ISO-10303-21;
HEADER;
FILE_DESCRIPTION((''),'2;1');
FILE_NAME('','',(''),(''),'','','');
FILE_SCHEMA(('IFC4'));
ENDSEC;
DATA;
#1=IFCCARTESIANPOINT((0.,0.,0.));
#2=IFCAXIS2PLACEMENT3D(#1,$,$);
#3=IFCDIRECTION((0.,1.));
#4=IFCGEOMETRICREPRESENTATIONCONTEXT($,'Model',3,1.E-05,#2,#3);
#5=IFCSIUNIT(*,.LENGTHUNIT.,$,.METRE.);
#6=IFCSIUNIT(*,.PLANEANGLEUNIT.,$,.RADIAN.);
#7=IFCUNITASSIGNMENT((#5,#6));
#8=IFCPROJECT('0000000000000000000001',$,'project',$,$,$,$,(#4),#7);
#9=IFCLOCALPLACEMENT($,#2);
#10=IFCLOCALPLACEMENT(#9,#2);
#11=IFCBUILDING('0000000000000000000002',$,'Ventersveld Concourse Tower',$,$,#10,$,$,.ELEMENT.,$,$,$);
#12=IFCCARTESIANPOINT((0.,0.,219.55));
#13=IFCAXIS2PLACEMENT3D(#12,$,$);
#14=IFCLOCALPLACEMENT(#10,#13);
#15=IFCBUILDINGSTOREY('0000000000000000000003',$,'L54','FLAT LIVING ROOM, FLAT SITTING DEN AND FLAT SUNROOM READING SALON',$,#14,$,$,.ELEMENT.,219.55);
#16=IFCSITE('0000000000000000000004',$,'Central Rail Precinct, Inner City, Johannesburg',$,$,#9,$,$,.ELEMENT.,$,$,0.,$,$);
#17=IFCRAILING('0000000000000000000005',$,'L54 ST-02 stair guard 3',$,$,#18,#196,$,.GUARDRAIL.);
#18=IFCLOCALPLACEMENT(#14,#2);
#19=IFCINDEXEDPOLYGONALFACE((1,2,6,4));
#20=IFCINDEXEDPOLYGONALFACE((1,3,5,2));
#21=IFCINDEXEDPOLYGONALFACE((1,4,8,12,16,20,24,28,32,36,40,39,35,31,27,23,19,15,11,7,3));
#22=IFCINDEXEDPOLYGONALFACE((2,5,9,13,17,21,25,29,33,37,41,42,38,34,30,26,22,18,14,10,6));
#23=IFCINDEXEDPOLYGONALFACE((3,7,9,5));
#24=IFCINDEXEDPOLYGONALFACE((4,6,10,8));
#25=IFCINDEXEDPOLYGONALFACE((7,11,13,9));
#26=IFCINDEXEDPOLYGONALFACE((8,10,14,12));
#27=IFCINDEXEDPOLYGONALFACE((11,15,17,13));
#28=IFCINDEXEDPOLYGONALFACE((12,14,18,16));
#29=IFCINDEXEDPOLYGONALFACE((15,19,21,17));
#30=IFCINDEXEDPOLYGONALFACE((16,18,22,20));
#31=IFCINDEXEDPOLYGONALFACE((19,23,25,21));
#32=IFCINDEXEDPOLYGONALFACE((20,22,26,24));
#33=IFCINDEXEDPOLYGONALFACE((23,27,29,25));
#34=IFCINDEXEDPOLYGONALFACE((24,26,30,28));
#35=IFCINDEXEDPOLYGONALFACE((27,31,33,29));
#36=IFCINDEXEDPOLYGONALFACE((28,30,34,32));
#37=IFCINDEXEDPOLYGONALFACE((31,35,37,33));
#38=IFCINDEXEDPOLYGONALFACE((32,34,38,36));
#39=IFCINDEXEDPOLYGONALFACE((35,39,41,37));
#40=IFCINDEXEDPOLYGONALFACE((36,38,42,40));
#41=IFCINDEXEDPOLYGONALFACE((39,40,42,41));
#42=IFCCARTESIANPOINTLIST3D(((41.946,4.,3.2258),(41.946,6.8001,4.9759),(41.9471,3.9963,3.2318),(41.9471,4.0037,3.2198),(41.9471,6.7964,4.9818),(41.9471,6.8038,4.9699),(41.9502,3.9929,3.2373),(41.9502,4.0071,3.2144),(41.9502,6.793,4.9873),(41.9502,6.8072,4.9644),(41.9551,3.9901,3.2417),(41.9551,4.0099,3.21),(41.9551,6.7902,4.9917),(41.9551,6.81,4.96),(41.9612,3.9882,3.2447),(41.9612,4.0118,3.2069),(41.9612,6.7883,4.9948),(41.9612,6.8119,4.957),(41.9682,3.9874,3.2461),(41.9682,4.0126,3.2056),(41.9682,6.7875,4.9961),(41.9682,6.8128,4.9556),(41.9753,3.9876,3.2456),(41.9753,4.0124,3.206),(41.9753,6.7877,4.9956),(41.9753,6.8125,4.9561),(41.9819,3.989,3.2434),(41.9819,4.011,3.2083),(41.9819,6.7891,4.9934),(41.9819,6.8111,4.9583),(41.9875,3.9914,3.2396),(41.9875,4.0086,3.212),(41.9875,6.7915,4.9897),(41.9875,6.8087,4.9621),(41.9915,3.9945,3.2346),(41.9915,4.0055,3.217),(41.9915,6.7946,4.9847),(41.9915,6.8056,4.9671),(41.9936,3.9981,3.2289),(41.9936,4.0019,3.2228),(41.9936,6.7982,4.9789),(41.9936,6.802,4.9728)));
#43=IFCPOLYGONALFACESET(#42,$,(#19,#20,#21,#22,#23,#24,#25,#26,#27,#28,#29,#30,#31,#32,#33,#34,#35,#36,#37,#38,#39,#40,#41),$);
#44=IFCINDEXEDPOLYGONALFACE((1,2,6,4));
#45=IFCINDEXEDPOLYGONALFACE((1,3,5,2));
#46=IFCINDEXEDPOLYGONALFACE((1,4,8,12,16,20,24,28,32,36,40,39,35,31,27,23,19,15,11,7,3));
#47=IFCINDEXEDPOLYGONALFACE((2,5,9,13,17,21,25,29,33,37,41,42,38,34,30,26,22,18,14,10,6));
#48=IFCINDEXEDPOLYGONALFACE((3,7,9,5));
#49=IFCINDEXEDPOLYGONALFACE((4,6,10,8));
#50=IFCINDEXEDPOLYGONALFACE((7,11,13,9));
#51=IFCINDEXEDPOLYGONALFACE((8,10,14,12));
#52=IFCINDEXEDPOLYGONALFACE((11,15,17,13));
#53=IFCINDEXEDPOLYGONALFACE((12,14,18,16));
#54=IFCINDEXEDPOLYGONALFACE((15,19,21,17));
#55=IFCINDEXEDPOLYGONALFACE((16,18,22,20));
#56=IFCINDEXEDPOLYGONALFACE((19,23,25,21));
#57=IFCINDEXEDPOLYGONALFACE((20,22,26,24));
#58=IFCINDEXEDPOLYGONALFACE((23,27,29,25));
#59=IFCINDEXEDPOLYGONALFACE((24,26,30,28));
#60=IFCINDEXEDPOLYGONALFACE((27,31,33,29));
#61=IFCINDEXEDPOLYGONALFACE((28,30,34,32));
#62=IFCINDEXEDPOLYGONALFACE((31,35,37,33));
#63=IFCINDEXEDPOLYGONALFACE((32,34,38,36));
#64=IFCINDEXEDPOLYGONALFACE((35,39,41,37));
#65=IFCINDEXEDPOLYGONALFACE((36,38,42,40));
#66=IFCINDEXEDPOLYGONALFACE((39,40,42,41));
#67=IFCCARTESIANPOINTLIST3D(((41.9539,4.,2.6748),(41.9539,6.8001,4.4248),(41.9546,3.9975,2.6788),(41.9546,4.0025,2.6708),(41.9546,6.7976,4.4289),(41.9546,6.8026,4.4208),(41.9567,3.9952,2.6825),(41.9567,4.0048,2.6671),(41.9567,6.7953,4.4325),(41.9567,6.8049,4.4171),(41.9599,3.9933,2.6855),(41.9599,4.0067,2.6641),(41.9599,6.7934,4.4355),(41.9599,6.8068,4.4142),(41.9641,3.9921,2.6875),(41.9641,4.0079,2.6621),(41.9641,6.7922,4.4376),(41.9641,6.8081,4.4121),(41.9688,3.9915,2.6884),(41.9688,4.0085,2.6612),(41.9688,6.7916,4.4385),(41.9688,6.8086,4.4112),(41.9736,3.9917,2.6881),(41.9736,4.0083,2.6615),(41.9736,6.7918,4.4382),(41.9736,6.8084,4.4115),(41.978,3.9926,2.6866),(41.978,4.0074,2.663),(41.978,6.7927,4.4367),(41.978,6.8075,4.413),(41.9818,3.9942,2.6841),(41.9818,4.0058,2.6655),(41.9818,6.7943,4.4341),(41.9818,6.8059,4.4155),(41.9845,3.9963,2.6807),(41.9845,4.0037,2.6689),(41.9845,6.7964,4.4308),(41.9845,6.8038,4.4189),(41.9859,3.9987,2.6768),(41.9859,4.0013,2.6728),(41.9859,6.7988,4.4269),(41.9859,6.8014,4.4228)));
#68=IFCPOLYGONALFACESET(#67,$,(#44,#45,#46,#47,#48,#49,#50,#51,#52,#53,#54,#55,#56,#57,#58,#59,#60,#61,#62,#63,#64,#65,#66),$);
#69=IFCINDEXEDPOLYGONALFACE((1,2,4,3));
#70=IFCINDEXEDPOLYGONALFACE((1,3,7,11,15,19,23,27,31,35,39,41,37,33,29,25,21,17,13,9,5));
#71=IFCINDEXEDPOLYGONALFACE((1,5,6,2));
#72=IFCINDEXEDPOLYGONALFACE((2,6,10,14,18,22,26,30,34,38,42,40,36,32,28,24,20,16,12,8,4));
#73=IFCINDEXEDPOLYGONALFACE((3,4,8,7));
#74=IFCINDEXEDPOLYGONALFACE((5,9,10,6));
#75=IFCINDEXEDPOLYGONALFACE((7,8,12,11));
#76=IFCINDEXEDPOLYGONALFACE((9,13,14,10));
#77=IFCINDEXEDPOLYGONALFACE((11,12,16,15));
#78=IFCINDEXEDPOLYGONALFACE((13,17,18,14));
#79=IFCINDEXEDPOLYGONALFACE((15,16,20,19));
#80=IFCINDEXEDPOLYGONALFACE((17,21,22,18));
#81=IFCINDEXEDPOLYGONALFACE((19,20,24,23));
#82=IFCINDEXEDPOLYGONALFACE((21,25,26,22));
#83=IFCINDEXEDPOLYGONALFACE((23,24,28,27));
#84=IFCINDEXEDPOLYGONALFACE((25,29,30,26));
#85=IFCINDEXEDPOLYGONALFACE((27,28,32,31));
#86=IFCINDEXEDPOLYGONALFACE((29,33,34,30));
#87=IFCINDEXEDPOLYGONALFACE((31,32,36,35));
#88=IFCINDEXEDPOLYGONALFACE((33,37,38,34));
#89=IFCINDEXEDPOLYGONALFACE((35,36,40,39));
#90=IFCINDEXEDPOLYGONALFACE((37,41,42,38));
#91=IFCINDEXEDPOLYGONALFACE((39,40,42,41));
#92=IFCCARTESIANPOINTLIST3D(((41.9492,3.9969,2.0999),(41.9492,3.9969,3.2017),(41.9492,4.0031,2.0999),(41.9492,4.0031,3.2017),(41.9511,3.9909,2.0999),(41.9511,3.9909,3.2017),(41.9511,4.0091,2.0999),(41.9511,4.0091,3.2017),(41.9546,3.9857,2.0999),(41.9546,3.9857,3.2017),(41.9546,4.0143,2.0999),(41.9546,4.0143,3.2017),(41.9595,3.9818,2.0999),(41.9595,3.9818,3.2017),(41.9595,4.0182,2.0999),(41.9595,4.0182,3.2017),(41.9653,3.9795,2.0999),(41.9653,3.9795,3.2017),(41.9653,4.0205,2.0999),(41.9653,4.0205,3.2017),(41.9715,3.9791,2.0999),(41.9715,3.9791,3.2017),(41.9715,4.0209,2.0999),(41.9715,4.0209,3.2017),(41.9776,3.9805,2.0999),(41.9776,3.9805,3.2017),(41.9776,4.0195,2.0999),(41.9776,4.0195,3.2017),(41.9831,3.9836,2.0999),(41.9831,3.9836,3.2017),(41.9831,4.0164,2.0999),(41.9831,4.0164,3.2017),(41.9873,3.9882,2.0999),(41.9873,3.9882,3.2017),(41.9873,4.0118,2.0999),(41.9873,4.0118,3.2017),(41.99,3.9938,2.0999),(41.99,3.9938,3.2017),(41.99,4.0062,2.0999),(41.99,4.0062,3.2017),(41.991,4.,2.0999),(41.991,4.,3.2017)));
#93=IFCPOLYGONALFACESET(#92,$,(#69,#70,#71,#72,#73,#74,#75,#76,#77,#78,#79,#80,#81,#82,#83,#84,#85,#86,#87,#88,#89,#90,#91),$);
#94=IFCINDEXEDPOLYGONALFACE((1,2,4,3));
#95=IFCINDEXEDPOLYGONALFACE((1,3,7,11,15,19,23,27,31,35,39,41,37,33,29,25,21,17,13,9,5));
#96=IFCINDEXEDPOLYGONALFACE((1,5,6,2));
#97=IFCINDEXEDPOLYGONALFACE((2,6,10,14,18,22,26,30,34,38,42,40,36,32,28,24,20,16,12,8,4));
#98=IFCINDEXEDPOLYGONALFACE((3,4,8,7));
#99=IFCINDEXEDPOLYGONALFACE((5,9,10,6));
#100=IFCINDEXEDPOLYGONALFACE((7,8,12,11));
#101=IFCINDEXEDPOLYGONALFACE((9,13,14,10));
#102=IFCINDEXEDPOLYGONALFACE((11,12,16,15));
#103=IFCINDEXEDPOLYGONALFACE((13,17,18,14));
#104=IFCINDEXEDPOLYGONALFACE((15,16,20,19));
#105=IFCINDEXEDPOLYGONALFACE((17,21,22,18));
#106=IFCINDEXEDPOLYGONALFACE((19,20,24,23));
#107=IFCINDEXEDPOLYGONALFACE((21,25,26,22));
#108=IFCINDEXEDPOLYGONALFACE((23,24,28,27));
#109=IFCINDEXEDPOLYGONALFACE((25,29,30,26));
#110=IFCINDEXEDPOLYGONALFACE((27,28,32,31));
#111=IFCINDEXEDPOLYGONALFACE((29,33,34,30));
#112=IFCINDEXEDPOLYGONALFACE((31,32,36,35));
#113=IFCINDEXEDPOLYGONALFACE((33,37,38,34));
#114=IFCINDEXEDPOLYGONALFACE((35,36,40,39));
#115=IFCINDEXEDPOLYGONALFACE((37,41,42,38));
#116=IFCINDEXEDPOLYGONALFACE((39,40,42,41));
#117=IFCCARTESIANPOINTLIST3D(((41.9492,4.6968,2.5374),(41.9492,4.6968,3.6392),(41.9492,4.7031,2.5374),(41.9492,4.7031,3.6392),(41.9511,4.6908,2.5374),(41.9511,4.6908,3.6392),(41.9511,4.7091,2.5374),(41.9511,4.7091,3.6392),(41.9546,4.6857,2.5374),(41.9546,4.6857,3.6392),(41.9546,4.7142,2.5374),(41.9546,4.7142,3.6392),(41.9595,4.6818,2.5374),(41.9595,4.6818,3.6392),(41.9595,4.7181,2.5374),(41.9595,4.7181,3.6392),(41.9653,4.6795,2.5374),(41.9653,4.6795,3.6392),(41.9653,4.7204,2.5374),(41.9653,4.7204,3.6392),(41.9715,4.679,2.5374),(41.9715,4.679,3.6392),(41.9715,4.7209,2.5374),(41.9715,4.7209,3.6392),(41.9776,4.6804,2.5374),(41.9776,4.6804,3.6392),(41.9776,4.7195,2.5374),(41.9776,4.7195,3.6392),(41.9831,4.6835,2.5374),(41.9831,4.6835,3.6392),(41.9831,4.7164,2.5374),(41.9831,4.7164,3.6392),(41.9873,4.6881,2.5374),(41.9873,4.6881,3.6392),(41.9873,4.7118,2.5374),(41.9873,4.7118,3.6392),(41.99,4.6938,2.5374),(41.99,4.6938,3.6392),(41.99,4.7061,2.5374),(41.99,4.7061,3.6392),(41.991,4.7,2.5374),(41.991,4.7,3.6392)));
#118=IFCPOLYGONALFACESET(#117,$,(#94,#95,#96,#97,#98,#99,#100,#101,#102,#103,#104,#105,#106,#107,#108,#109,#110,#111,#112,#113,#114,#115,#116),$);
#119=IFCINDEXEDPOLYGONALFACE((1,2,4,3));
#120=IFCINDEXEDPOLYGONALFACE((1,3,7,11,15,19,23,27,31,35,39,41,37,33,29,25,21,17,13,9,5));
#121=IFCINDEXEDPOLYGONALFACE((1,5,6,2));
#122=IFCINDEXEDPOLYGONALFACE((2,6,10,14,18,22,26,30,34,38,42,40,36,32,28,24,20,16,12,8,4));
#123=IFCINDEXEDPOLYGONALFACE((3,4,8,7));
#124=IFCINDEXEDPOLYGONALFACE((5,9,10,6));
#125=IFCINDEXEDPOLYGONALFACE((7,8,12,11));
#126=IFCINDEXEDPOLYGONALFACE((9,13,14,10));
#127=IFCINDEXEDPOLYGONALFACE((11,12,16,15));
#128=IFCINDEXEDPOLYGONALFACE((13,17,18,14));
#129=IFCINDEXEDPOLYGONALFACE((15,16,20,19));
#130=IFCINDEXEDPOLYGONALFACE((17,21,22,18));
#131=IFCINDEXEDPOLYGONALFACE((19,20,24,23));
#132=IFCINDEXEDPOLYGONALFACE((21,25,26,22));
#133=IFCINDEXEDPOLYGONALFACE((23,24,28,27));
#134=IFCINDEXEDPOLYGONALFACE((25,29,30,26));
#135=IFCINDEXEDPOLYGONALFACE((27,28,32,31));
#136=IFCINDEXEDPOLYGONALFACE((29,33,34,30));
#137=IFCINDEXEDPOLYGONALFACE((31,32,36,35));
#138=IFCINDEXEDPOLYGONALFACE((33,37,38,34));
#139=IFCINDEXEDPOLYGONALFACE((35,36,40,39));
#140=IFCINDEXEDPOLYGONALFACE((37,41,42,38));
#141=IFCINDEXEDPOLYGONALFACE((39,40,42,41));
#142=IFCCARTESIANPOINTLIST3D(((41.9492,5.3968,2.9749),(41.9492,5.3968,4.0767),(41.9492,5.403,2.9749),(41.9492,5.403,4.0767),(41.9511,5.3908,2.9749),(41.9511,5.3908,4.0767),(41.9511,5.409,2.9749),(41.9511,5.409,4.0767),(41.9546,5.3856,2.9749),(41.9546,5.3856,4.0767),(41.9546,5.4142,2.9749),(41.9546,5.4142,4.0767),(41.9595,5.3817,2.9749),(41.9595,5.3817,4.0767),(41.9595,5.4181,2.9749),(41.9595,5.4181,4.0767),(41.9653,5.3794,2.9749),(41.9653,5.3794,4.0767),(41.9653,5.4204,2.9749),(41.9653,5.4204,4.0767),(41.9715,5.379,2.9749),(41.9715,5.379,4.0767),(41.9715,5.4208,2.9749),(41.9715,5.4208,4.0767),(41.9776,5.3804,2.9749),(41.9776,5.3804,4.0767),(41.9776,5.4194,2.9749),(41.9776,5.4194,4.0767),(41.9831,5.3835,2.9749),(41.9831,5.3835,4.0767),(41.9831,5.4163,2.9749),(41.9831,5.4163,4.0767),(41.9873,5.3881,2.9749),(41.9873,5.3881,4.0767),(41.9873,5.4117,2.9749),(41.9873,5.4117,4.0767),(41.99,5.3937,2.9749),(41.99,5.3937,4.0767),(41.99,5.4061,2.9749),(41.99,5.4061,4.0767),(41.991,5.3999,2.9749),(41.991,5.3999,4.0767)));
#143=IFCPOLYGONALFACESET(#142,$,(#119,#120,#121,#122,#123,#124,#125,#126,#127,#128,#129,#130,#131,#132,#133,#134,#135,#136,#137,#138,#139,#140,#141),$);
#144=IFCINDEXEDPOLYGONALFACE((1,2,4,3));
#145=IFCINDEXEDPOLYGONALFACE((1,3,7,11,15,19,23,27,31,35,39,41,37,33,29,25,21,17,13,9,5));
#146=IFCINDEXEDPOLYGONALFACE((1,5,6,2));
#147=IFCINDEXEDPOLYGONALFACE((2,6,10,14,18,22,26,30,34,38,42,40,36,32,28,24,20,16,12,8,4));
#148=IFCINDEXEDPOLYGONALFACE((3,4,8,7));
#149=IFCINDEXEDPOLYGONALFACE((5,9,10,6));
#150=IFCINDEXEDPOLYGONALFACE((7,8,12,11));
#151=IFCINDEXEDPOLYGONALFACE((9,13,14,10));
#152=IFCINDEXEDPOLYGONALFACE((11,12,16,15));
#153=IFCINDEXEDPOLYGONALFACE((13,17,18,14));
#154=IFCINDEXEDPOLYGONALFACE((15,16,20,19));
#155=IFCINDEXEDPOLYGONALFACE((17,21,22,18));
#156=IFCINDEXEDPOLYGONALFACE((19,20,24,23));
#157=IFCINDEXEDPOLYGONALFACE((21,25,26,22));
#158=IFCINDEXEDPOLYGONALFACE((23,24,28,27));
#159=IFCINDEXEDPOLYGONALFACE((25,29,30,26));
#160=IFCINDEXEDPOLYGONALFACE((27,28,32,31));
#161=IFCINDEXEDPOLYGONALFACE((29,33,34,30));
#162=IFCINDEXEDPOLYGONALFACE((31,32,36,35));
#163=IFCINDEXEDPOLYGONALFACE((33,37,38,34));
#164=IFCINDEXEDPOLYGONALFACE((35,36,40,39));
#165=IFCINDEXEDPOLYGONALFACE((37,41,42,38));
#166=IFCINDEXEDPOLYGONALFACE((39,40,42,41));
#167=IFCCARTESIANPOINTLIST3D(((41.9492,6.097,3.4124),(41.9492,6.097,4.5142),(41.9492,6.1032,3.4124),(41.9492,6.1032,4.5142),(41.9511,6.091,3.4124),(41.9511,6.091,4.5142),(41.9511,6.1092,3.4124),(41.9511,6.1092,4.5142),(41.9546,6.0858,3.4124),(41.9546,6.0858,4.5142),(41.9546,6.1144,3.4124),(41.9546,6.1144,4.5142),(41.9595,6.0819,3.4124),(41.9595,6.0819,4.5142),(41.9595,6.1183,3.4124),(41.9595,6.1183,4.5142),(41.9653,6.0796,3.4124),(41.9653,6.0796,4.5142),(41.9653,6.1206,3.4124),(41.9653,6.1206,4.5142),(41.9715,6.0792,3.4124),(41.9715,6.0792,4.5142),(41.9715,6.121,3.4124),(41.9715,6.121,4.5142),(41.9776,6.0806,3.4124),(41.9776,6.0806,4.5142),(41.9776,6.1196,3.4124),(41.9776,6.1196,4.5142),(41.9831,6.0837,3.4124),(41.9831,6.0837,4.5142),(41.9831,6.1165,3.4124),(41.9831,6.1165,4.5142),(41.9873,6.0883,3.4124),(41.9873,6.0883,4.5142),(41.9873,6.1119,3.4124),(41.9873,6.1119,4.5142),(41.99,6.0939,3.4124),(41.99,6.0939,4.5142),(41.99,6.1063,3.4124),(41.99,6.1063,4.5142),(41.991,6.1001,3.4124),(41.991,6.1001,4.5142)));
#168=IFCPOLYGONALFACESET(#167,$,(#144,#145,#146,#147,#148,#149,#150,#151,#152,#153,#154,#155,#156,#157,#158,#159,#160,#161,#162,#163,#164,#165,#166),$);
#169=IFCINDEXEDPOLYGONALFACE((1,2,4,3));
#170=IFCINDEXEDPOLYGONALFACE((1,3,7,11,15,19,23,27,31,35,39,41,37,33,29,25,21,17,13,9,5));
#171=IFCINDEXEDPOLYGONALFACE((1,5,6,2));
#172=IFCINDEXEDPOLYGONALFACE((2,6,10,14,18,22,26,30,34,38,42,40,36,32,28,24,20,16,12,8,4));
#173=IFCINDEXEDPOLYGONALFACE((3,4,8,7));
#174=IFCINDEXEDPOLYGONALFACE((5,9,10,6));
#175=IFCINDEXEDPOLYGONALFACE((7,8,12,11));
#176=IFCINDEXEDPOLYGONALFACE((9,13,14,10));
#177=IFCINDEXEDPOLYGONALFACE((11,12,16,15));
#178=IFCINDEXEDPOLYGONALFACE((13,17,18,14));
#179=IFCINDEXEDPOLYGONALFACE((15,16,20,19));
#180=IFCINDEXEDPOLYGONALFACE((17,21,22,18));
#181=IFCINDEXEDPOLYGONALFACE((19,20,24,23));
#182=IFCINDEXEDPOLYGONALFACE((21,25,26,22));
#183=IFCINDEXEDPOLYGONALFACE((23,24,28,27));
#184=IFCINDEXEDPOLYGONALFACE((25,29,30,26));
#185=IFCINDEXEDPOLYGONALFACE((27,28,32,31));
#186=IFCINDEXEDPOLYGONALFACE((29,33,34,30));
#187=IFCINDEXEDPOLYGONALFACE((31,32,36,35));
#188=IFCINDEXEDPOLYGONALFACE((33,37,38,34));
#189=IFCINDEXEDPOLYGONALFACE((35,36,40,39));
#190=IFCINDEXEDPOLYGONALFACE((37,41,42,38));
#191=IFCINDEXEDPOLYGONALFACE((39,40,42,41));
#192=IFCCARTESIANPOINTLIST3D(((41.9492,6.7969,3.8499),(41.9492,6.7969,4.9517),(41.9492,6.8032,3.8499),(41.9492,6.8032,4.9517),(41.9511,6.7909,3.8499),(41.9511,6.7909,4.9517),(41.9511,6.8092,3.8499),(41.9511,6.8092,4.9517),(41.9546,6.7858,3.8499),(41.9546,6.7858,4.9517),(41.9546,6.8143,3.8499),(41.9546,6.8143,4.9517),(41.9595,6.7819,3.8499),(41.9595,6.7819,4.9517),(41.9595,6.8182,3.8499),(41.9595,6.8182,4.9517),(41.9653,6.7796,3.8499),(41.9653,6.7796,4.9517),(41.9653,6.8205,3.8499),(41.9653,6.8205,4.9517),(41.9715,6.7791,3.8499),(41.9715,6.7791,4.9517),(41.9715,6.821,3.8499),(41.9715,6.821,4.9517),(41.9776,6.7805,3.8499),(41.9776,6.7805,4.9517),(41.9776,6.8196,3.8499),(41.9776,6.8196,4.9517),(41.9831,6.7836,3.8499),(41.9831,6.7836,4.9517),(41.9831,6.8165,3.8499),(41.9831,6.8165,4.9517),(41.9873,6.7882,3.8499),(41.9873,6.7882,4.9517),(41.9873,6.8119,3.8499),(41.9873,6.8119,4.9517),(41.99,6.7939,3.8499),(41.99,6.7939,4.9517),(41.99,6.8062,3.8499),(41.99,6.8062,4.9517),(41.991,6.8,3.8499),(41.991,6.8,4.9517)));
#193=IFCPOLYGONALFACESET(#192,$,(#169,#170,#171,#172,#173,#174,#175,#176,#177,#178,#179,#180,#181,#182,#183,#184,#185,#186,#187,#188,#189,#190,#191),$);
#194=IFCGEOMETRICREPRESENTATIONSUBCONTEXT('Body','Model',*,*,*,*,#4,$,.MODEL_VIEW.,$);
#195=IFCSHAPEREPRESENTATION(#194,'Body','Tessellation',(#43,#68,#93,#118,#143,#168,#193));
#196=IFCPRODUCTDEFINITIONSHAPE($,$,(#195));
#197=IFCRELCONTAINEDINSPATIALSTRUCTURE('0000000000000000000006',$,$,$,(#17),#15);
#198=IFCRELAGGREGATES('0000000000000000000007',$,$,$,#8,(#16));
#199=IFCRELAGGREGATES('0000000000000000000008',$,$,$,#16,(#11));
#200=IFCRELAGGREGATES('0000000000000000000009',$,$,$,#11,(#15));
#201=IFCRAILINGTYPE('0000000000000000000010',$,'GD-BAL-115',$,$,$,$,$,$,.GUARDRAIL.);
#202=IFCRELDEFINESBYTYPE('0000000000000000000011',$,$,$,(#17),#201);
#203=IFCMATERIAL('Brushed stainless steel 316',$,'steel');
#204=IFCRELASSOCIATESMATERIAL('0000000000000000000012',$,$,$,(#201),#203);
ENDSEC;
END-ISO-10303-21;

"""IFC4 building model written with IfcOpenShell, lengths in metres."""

from ifc_helpers import new_model, si_unit, direction, frame, origin, origin_2d, place, context, subcontext, project, spatial, circle, extrude, material, type_object, element, save


model = new_model("IFC4")

# Units and contexts
model_context = context("Model", 3, precision=1e-05, world=origin(), true_north=direction((0.0, 1.0)))
body_context = subcontext(model_context, "Body", "Model", "MODEL_VIEW")
ifc_project = project(units=[si_unit("LENGTHUNIT", "METRE"), si_unit("PLANEANGLEUNIT", "RADIAN")], contexts=[model_context])

# Site, building, storey
site_placement = place(None, origin())
site = spatial("IfcSite", under=ifc_project, at=site_placement, Name="Central Rail Precinct, Inner City, Johannesburg", CompositionType="ELEMENT", RefElevation=0.0)
building_placement = place(site_placement, origin())
building = spatial("IfcBuilding", under=site, at=building_placement, Name="Ventersveld Concourse Tower", CompositionType="ELEMENT")
storey_placement = place(building_placement, frame((0.0, 0.0, 219.55)))
storey = spatial("IfcBuildingStorey", under=building, at=storey_placement, Name="L54", Description="FLAT LIVING ROOM, FLAT SITTING DEN AND FLAT SUNROOM READING SALON", CompositionType="ELEMENT", Elevation=219.55)

# Shared definitions
ifc_material_1 = material(Name="Brushed stainless steel 316", Category="steel")

# Railing
railing_type_1 = type_object("IfcRailingType", Name="GD-BAL-115", PredefinedType="GUARDRAIL", material=ifc_material_1)
railing_1_placement = place(storey_placement, frame((41.97, 4.0, 2.0999)))
element("IfcRailing", 1, at=railing_1_placement, inside=storey, type_object=railing_type_1, Name="L54 ST-02 stair guard 3", PredefinedType="GUARDRAIL", context=body_context, shape_type="SweptSolid", body=[
    extrude(circle(Radius=0.0239, at=origin_2d()), frame((0.0, 0.0, 1.126), z_axis=(0.0, 0.848002, 0.529992), x_axis=(-1.0, 0.0, 0.0)), (0.0, 0.0, 1.0), 3.302),
    extrude(circle(Radius=0.0161, at=origin_2d()), frame((0.0, 0.0, 0.575), z_axis=(0.0, 0.848002, 0.529992), x_axis=(-1.0, 0.0, 0.0)), (0.0, 0.0, 1.0), 3.302),
    extrude(circle(Radius=0.021, at=origin_2d()), origin(), (0.0, 0.0, 1.0), 1.1018),
    extrude(circle(Radius=0.021, at=origin_2d()), frame((0.0, 0.7, 0.4375)), (0.0, 0.0, 1.0), 1.1018),
    extrude(circle(Radius=0.021, at=origin_2d()), frame((0.0, 1.3999, 0.875)), (0.0, 0.0, 1.0), 1.1018),
    extrude(circle(Radius=0.021, at=origin_2d()), frame((0.0, 2.1001, 1.3125)), (0.0, 0.0, 1.0), 1.1018),
    extrude(circle(Radius=0.021, at=origin_2d()), frame((0.0, 2.8, 1.75)), (0.0, 0.0, 1.0), 1.1018),
])

save(model, "model.ifc")
